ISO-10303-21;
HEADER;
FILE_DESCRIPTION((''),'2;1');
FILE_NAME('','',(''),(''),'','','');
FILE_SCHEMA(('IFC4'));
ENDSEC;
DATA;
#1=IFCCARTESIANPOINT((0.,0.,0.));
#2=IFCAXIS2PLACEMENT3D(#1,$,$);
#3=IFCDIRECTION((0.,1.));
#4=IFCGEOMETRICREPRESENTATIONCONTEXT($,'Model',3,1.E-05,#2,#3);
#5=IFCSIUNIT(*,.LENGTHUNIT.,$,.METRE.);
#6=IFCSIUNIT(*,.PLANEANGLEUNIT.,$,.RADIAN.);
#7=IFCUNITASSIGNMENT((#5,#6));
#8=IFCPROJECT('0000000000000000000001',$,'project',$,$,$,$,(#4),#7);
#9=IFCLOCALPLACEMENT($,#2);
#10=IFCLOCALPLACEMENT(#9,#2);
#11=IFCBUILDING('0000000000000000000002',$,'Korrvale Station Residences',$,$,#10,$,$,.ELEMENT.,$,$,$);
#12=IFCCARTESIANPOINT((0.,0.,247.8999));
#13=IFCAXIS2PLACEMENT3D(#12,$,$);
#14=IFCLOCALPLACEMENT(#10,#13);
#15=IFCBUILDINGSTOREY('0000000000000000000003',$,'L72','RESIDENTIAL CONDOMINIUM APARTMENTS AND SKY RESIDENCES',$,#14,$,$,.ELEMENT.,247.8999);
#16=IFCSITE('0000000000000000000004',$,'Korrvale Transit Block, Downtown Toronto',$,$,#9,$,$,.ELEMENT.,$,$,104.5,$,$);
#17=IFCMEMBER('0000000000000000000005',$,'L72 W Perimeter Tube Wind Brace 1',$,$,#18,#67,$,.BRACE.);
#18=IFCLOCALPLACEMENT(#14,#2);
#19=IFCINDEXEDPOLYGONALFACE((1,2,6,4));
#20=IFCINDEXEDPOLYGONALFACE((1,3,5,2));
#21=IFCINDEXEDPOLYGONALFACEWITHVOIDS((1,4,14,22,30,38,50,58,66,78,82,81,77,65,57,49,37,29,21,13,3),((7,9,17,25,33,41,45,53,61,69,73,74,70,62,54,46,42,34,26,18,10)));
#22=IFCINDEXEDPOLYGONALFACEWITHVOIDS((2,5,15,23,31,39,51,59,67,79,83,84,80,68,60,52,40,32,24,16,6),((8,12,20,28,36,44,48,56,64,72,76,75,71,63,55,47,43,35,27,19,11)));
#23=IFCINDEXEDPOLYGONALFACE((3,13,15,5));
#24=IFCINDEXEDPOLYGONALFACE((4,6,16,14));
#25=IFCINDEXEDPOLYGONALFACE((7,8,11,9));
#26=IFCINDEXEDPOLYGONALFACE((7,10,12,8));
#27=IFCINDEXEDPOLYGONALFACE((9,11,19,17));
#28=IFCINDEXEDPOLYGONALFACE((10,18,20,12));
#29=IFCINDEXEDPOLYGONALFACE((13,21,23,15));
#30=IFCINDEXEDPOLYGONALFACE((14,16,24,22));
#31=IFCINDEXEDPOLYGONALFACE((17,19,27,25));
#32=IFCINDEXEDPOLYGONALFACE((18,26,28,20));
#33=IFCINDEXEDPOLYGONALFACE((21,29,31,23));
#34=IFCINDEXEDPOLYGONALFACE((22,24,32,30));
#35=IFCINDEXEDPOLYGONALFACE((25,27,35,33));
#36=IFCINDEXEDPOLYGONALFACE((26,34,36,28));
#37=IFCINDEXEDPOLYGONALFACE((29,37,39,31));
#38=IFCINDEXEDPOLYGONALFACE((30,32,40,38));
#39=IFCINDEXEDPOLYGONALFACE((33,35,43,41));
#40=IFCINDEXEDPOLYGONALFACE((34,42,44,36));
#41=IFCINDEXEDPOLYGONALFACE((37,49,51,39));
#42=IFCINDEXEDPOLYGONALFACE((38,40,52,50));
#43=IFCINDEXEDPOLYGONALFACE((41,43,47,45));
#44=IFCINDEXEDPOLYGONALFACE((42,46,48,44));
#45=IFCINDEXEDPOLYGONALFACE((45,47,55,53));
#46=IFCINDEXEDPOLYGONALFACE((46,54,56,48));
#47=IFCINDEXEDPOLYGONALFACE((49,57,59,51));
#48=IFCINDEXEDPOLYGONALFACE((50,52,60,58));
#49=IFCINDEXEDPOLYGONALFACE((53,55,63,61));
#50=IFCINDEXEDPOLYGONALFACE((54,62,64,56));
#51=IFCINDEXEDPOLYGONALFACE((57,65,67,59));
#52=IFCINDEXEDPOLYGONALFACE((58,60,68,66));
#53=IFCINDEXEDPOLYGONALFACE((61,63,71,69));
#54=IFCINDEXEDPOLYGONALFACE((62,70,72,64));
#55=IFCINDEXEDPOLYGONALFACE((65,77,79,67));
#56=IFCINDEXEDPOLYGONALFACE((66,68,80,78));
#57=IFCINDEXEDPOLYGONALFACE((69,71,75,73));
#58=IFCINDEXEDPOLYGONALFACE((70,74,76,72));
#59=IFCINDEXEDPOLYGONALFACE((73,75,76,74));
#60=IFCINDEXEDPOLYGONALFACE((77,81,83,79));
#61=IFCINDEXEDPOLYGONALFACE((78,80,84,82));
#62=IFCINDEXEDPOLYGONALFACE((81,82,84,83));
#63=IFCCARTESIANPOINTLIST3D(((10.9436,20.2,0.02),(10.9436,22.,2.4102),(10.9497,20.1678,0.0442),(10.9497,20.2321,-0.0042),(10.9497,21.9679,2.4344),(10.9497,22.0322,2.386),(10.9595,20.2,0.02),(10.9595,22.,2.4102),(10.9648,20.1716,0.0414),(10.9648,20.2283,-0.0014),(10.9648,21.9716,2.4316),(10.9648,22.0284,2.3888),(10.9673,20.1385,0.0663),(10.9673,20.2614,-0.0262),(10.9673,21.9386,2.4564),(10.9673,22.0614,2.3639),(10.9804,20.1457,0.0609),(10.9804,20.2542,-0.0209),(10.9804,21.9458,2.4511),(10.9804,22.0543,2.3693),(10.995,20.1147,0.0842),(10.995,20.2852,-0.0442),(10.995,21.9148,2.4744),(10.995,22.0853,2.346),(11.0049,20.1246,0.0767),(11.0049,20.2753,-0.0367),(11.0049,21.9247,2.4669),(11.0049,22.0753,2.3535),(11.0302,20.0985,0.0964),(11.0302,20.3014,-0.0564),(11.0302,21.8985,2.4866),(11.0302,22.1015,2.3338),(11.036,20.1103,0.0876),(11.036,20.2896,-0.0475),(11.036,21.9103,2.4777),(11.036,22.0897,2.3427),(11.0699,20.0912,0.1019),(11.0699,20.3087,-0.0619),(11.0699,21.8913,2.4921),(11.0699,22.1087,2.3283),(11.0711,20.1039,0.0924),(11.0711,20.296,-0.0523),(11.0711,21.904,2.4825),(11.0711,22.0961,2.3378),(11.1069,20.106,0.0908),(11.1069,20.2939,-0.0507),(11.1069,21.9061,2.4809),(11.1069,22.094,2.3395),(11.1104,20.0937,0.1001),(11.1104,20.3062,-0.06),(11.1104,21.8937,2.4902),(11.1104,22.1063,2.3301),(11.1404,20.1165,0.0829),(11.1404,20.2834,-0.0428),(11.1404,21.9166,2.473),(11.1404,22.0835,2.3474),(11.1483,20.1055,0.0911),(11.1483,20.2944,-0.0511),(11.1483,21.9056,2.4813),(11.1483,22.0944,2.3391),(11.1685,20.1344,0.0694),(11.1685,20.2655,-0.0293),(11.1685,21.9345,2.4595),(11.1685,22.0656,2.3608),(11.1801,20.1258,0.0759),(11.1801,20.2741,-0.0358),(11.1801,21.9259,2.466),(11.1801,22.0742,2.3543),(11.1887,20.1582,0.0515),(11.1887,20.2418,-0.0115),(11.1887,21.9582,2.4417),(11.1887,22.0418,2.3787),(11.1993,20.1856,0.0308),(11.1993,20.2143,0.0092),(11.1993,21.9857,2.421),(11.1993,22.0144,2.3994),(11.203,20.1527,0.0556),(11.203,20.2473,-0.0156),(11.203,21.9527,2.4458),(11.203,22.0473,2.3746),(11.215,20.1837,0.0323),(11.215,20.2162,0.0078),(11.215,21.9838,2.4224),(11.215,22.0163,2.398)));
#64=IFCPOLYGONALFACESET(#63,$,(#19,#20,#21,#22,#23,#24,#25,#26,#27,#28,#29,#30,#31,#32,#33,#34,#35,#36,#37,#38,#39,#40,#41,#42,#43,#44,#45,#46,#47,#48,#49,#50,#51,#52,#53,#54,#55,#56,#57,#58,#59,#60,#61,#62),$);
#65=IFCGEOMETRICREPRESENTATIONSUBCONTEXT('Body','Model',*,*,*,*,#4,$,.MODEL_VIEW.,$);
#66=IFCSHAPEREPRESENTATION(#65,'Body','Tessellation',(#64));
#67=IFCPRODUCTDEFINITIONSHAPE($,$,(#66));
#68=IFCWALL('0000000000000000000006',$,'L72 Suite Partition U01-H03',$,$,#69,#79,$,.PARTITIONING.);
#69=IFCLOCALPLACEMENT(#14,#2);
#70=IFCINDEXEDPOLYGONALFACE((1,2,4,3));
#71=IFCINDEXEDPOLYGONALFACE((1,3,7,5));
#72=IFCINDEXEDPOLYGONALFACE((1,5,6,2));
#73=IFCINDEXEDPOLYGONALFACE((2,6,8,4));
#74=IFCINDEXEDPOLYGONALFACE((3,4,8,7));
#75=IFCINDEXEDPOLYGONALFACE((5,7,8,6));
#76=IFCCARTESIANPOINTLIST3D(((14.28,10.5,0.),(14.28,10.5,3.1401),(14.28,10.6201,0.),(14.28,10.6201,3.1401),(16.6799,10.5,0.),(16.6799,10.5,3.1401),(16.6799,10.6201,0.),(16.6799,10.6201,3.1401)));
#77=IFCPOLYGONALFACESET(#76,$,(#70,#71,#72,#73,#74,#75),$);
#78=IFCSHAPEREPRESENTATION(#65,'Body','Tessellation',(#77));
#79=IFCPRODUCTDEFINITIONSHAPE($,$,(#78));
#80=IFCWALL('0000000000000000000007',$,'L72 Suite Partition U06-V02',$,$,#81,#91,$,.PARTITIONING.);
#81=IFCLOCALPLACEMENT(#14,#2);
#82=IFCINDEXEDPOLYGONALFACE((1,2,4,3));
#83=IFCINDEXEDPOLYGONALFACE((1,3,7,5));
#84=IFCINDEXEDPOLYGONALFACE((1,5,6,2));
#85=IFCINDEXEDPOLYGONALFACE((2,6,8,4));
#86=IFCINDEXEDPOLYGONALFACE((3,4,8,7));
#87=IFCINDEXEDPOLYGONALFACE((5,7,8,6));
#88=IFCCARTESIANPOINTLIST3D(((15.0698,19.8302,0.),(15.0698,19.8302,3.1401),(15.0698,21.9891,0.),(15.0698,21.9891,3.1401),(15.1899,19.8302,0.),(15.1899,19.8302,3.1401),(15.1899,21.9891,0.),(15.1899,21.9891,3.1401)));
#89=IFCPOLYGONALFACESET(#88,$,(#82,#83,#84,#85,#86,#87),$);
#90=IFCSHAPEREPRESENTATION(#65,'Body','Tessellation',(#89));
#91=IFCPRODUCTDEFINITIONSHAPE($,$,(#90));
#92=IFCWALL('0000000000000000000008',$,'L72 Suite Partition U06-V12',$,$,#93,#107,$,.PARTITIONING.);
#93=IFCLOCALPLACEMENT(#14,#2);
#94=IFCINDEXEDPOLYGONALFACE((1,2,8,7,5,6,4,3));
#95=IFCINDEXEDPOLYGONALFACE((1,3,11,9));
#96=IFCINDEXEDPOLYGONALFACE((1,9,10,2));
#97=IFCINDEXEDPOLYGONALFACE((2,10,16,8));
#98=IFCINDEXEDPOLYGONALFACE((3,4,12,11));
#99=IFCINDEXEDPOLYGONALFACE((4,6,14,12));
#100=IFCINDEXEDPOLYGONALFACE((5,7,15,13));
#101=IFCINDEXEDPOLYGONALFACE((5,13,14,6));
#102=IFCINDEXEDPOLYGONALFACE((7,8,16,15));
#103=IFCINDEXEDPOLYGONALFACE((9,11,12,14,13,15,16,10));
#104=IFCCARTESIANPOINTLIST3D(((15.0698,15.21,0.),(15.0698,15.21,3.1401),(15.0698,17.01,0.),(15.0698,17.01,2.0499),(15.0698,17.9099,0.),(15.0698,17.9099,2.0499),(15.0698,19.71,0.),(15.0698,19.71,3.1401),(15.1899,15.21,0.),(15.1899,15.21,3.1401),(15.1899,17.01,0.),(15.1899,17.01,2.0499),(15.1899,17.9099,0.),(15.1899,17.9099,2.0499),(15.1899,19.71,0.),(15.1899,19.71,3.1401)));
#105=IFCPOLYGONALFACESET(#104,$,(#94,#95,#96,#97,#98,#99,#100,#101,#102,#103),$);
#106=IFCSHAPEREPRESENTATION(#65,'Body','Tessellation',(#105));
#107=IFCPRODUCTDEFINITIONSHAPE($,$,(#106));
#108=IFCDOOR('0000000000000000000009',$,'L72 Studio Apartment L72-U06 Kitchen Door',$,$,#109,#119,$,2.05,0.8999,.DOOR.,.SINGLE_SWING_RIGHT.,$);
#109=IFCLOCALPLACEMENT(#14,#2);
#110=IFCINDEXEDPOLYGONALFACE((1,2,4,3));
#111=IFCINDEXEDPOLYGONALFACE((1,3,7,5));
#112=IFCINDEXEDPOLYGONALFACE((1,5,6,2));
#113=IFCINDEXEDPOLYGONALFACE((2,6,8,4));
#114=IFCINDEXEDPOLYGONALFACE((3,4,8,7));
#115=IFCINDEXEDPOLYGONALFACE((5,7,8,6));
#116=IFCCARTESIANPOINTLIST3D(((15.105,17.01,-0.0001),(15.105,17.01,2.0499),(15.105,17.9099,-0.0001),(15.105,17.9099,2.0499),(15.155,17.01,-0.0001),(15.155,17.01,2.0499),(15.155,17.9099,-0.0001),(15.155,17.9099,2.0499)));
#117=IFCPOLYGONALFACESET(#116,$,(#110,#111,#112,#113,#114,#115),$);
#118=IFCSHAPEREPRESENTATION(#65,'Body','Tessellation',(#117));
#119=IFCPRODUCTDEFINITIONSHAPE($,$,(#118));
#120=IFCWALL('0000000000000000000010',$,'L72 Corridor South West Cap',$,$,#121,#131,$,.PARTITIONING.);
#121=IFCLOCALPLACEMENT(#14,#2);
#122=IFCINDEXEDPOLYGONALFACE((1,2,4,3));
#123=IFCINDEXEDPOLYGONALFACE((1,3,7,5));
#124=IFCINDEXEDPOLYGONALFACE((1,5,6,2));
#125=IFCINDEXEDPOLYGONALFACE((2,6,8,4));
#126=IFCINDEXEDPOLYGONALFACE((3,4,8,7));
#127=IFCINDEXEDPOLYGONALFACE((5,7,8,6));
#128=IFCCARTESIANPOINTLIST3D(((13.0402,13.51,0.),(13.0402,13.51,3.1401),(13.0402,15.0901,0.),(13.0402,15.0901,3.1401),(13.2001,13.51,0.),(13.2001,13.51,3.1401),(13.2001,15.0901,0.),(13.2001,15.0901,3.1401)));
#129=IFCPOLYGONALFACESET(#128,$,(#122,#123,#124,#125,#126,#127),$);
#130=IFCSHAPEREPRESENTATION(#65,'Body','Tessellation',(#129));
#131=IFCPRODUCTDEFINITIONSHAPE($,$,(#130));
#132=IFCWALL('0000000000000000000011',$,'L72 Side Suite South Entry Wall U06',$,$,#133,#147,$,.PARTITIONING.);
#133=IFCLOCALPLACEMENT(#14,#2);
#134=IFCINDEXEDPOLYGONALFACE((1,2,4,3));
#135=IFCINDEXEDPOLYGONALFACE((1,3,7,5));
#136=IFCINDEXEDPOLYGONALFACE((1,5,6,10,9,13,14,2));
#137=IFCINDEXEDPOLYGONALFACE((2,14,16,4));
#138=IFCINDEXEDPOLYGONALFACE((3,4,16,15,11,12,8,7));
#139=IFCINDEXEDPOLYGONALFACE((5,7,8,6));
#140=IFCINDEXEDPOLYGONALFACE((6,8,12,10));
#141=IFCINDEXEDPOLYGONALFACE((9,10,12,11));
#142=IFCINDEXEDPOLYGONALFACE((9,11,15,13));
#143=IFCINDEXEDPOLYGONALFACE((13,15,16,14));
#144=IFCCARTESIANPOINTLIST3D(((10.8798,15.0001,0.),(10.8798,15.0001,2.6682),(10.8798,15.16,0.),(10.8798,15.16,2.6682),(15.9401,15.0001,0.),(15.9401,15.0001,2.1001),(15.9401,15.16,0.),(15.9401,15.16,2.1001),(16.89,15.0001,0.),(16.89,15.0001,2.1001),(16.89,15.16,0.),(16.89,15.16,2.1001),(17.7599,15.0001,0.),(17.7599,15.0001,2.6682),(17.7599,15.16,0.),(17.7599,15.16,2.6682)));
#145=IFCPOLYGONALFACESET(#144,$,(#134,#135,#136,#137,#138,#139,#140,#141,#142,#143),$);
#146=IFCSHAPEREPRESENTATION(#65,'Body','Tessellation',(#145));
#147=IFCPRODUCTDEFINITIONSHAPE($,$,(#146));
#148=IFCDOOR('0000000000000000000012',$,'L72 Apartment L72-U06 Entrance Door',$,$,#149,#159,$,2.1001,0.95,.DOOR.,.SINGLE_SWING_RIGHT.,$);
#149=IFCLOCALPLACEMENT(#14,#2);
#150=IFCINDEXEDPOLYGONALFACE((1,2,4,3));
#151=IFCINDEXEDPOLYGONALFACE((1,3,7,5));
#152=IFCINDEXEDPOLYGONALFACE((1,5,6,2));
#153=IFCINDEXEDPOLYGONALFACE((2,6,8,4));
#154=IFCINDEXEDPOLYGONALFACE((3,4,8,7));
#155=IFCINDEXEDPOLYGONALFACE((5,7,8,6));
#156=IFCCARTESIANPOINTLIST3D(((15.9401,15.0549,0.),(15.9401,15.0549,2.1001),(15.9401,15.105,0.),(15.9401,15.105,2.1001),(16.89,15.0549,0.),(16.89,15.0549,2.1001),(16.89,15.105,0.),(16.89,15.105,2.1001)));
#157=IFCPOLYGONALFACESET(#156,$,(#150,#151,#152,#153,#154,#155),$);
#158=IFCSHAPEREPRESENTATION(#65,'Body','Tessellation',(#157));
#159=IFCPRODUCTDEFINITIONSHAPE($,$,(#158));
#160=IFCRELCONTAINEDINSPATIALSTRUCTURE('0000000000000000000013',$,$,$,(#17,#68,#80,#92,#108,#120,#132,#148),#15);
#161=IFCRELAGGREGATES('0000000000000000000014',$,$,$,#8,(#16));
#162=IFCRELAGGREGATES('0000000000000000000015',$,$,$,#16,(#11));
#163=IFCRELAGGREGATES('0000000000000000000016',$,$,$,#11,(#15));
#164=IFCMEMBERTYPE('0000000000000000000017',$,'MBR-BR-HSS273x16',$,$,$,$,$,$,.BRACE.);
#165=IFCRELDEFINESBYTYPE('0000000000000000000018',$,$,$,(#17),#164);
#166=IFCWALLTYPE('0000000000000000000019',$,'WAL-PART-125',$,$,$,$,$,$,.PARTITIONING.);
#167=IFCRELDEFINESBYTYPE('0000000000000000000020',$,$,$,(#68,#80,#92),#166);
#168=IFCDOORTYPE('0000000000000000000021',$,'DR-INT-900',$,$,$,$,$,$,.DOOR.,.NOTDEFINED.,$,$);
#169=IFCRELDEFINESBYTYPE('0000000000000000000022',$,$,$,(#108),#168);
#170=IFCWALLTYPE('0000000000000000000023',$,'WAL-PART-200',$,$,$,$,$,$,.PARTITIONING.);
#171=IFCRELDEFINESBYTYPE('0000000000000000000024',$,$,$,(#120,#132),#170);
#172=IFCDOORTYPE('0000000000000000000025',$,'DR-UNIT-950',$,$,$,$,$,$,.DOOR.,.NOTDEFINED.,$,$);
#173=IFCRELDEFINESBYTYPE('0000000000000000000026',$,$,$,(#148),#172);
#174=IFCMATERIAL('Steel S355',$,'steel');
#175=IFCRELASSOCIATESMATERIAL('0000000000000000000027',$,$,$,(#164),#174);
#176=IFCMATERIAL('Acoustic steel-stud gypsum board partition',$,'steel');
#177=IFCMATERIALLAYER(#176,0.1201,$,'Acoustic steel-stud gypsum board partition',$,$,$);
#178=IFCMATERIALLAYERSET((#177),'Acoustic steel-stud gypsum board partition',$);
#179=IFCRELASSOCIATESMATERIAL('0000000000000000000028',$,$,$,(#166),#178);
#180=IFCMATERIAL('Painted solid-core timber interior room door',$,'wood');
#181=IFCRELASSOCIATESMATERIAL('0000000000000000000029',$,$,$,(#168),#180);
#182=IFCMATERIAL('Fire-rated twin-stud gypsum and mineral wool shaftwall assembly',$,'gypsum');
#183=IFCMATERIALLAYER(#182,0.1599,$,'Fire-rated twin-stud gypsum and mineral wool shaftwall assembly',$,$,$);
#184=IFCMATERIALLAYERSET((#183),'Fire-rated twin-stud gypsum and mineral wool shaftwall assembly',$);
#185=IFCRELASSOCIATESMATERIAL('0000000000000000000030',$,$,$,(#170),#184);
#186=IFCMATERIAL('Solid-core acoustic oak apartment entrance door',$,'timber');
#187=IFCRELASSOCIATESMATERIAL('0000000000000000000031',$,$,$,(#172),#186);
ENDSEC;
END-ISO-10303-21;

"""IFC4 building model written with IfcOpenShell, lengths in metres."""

from ifc_helpers import new_model, si_unit, direction, frame, frame_2d, origin, origin_2d, place, context, subcontext, project, spatial, rectangle, hollow_circle, extrude, material, layer, layer_set, material_profile, profile_set, type_object, element, fill, save


model = new_model("IFC4")

# Units and contexts
model_context = context("Model", 3, precision=1e-05, world=origin(), true_north=direction((0.0, 1.0)))
body_context = subcontext(model_context, "Body", "Model", "MODEL_VIEW")
ifc_project = project(units=[si_unit("LENGTHUNIT", "METRE"), si_unit("PLANEANGLEUNIT", "RADIAN")], contexts=[model_context])

# Site, building, storey
site_placement = place(None, origin())
site = spatial("IfcSite", under=ifc_project, at=site_placement, Name="Korrvale Transit Block, Downtown Toronto", CompositionType="ELEMENT", RefElevation=104.5)
building_placement = place(site_placement, origin())
building = spatial("IfcBuilding", under=site, at=building_placement, Name="Korrvale Station Residences", CompositionType="ELEMENT")
storey_placement = place(building_placement, frame((0.0, 0.0, 247.8999)))
storey = spatial("IfcBuildingStorey", under=building, at=storey_placement, Name="L72", Description="RESIDENTIAL CONDOMINIUM APARTMENTS AND SKY RESIDENCES", CompositionType="ELEMENT", Elevation=247.8999)

# Shared definitions
ifc_material_1 = material(Name="Steel S355", Category="steel")

# Member
ifc_material_profile_1 = material_profile(ifc_material_1, hollow_circle(Radius=0.1365, WallThickness=0.0159, at=origin_2d()), Name="HSS273x16")
ifc_profile_set_1 = profile_set([ifc_material_profile_1], Name="Steel S355")
member_type = type_object("IfcMemberType", Name="MBR-BR-HSS273x16", PredefinedType="BRACE", material=ifc_profile_set_1)
member_placement = place(storey_placement, frame((11.0801, 20.2, 0.02), z_axis=(0.0, 0.601592, 0.798804), x_axis=(-1.0, 0.0, 0.0)))
element("IfcMember", 1, at=member_placement, inside=storey, type_object=member_type, Name="L72 W Perimeter Tube Wind Brace 1", PredefinedType="BRACE", context=body_context, shape_type="SweptSolid", body=[
    extrude(hollow_circle(Radius=0.1365, WallThickness=0.0159, at=origin_2d()), origin(), (0.0, 0.0, 1.0), 2.9922),
])

# Walls
ifc_material_2 = material(Name="Acoustic steel-stud gypsum board partition", Category="steel")
ifc_layer_1 = layer(ifc_material_2, 0.1201, Name="Acoustic steel-stud gypsum board partition")
ifc_layer_set_1 = layer_set([ifc_layer_1], Name="Acoustic steel-stud gypsum board partition")
wall_type_1 = type_object("IfcWallType", Name="WAL-PART-125", PredefinedType="PARTITIONING", material=ifc_layer_set_1)
wall_1_placement = place(storey_placement, frame((14.28, 10.5601, 0.0), z_axis=(0.0, 0.0, 1.0), x_axis=(1.0, 0.0, 0.0)))
element("IfcWall", 2, at=wall_1_placement, inside=storey, type_object=wall_type_1, Name="L72 Suite Partition U01-H03", PredefinedType="PARTITIONING", context=body_context, shape_type="SweptSolid", body=[
    extrude(rectangle(XDim=2.3999, YDim=0.1201, at=frame_2d((1.2, 0.0))), origin(), (0.0, 0.0, 1.0), 3.1401),
])
wall_2_placement = place(storey_placement, frame((15.1299, 19.8301, 0.0), z_axis=(0.0, 0.0, 1.0), x_axis=(0.0, 1.0, 0.0)))
element("IfcWall", 3, at=wall_2_placement, inside=storey, type_object=wall_type_1, Name="L72 Suite Partition U06-V02", PredefinedType="PARTITIONING", context=body_context, shape_type="SweptSolid", body=[
    extrude(rectangle(XDim=2.1589, YDim=0.1201, at=frame_2d((1.0796, 0.0))), origin(), (0.0, 0.0, 1.0), 3.1401),
])

# Wall, opening, door
wall_3_placement = place(storey_placement, frame((15.1299, 15.21, 0.0), z_axis=(0.0, 0.0, 1.0), x_axis=(0.0, 1.0, 0.0)))
wall_3 = element("IfcWall", 4, at=wall_3_placement, inside=storey, type_object=wall_type_1, Name="L72 Suite Partition U06-V12", PredefinedType="PARTITIONING", context=body_context, shape_type="SweptSolid", body=[
    extrude(rectangle(XDim=4.5, YDim=0.1201, at=frame_2d((2.25, 0.0))), origin(), (0.0, 0.0, 1.0), 3.1401),
])
opening_1_placement = place(wall_3_placement, frame((1.8, 0.0, 0.0)))
opening_1 = element("IfcOpeningElement", 5, at=opening_1_placement, cuts=wall_3, PredefinedType="OPENING", context=body_context, shape_type="SweptSolid", body=[
    extrude(rectangle(XDim=0.8999, YDim=2.05, at=frame_2d((0.45, 1.0249))), frame((0.0, 0.0701, 0.0), z_axis=(0.0, -1.0, 0.0), x_axis=(1.0, 0.0, 0.0)), (0.0, 0.0, 1.0), 0.1401),
])
ifc_material_3 = material(Name="Painted solid-core timber interior room door", Category="wood")
door_type_1 = type_object("IfcDoorType", Name="DR-INT-900", OperationType="NOTDEFINED", PredefinedType="DOOR", material=ifc_material_3)
door_1_placement = place(opening_1_placement, origin())
door_1 = element("IfcDoor", 6, at=door_1_placement, inside=storey, type_object=door_type_1, Name="L72 Studio Apartment L72-U06 Kitchen Door", OperationType="SINGLE_SWING_RIGHT", OverallHeight=2.05, OverallWidth=0.8999, PredefinedType="DOOR", context=body_context, shape_type="SweptSolid", body=[
    extrude(rectangle(XDim=0.8999, YDim=2.05, at=frame_2d((0.45, 1.0249))), frame((0.0, 0.0249, 0.0), z_axis=(0.0, -1.0, 0.0), x_axis=(1.0, 0.0, 0.0)), (0.0, 0.0, 1.0), 0.05),
])
fill(opening_1, door_1)

# Wall
ifc_material_4 = material(Name="Fire-rated twin-stud gypsum and mineral wool shaftwall assembly", Category="gypsum")
ifc_layer_2 = layer(ifc_material_4, 0.1599, Name="Fire-rated twin-stud gypsum and mineral wool shaftwall assembly")
ifc_layer_set_2 = layer_set([ifc_layer_2], Name="Fire-rated twin-stud gypsum and mineral wool shaftwall assembly")
wall_type_2 = type_object("IfcWallType", Name="WAL-PART-200", PredefinedType="PARTITIONING", material=ifc_layer_set_2)
wall_4_placement = place(storey_placement, frame((13.1201, 13.51, 0.0), z_axis=(0.0, 0.0, 1.0), x_axis=(0.0, 1.0, 0.0)))
element("IfcWall", 7, at=wall_4_placement, inside=storey, type_object=wall_type_2, Name="L72 Corridor South West Cap", PredefinedType="PARTITIONING", context=body_context, shape_type="SweptSolid", body=[
    extrude(rectangle(XDim=1.5801, YDim=0.1599, at=frame_2d((0.79, 0.0))), origin(), (0.0, 0.0, 1.0), 3.1401),
])

# Wall, opening, door
wall_5_placement = place(storey_placement, frame((10.8799, 15.0801, 0.0), z_axis=(0.0, 0.0, 1.0), x_axis=(1.0, 0.0, 0.0)))
wall_5 = element("IfcWall", 8, at=wall_5_placement, inside=storey, type_object=wall_type_2, Name="L72 Side Suite South Entry Wall U06", PredefinedType="PARTITIONING", context=body_context, shape_type="SweptSolid", body=[
    extrude(rectangle(XDim=6.8801, YDim=0.1599, at=frame_2d((3.4399, 0.0))), origin(), (0.0, 0.0, 1.0), 2.6682),
])
opening_2_placement = place(wall_5_placement, frame((5.0601, 0.0, 0.0)))
opening_2 = element("IfcOpeningElement", 9, at=opening_2_placement, cuts=wall_5, PredefinedType="OPENING", context=body_context, shape_type="SweptSolid", body=[
    extrude(rectangle(XDim=0.95, YDim=2.1001, at=frame_2d((0.4751, 1.05))), frame((0.0, 0.0898, 0.0), z_axis=(0.0, -1.0, 0.0), x_axis=(1.0, 0.0, 0.0)), (0.0, 0.0, 1.0), 0.1799),
])
ifc_material_5 = material(Name="Solid-core acoustic oak apartment entrance door", Category="timber")
door_type_2 = type_object("IfcDoorType", Name="DR-UNIT-950", OperationType="NOTDEFINED", PredefinedType="DOOR", material=ifc_material_5)
door_2_placement = place(opening_2_placement, origin())
door_2 = element("IfcDoor", 10, at=door_2_placement, inside=storey, type_object=door_type_2, Name="L72 Apartment L72-U06 Entrance Door", OperationType="SINGLE_SWING_RIGHT", OverallHeight=2.1001, OverallWidth=0.95, PredefinedType="DOOR", context=body_context, shape_type="SweptSolid", body=[
    extrude(rectangle(XDim=0.95, YDim=2.1001, at=frame_2d((0.4751, 1.05))), frame((0.0, 0.0249, 0.0), z_axis=(0.0, -1.0, 0.0), x_axis=(1.0, 0.0, 0.0)), (0.0, 0.0, 1.0), 0.05),
])
fill(opening_2, door_2)

save(model, "model.ifc")
